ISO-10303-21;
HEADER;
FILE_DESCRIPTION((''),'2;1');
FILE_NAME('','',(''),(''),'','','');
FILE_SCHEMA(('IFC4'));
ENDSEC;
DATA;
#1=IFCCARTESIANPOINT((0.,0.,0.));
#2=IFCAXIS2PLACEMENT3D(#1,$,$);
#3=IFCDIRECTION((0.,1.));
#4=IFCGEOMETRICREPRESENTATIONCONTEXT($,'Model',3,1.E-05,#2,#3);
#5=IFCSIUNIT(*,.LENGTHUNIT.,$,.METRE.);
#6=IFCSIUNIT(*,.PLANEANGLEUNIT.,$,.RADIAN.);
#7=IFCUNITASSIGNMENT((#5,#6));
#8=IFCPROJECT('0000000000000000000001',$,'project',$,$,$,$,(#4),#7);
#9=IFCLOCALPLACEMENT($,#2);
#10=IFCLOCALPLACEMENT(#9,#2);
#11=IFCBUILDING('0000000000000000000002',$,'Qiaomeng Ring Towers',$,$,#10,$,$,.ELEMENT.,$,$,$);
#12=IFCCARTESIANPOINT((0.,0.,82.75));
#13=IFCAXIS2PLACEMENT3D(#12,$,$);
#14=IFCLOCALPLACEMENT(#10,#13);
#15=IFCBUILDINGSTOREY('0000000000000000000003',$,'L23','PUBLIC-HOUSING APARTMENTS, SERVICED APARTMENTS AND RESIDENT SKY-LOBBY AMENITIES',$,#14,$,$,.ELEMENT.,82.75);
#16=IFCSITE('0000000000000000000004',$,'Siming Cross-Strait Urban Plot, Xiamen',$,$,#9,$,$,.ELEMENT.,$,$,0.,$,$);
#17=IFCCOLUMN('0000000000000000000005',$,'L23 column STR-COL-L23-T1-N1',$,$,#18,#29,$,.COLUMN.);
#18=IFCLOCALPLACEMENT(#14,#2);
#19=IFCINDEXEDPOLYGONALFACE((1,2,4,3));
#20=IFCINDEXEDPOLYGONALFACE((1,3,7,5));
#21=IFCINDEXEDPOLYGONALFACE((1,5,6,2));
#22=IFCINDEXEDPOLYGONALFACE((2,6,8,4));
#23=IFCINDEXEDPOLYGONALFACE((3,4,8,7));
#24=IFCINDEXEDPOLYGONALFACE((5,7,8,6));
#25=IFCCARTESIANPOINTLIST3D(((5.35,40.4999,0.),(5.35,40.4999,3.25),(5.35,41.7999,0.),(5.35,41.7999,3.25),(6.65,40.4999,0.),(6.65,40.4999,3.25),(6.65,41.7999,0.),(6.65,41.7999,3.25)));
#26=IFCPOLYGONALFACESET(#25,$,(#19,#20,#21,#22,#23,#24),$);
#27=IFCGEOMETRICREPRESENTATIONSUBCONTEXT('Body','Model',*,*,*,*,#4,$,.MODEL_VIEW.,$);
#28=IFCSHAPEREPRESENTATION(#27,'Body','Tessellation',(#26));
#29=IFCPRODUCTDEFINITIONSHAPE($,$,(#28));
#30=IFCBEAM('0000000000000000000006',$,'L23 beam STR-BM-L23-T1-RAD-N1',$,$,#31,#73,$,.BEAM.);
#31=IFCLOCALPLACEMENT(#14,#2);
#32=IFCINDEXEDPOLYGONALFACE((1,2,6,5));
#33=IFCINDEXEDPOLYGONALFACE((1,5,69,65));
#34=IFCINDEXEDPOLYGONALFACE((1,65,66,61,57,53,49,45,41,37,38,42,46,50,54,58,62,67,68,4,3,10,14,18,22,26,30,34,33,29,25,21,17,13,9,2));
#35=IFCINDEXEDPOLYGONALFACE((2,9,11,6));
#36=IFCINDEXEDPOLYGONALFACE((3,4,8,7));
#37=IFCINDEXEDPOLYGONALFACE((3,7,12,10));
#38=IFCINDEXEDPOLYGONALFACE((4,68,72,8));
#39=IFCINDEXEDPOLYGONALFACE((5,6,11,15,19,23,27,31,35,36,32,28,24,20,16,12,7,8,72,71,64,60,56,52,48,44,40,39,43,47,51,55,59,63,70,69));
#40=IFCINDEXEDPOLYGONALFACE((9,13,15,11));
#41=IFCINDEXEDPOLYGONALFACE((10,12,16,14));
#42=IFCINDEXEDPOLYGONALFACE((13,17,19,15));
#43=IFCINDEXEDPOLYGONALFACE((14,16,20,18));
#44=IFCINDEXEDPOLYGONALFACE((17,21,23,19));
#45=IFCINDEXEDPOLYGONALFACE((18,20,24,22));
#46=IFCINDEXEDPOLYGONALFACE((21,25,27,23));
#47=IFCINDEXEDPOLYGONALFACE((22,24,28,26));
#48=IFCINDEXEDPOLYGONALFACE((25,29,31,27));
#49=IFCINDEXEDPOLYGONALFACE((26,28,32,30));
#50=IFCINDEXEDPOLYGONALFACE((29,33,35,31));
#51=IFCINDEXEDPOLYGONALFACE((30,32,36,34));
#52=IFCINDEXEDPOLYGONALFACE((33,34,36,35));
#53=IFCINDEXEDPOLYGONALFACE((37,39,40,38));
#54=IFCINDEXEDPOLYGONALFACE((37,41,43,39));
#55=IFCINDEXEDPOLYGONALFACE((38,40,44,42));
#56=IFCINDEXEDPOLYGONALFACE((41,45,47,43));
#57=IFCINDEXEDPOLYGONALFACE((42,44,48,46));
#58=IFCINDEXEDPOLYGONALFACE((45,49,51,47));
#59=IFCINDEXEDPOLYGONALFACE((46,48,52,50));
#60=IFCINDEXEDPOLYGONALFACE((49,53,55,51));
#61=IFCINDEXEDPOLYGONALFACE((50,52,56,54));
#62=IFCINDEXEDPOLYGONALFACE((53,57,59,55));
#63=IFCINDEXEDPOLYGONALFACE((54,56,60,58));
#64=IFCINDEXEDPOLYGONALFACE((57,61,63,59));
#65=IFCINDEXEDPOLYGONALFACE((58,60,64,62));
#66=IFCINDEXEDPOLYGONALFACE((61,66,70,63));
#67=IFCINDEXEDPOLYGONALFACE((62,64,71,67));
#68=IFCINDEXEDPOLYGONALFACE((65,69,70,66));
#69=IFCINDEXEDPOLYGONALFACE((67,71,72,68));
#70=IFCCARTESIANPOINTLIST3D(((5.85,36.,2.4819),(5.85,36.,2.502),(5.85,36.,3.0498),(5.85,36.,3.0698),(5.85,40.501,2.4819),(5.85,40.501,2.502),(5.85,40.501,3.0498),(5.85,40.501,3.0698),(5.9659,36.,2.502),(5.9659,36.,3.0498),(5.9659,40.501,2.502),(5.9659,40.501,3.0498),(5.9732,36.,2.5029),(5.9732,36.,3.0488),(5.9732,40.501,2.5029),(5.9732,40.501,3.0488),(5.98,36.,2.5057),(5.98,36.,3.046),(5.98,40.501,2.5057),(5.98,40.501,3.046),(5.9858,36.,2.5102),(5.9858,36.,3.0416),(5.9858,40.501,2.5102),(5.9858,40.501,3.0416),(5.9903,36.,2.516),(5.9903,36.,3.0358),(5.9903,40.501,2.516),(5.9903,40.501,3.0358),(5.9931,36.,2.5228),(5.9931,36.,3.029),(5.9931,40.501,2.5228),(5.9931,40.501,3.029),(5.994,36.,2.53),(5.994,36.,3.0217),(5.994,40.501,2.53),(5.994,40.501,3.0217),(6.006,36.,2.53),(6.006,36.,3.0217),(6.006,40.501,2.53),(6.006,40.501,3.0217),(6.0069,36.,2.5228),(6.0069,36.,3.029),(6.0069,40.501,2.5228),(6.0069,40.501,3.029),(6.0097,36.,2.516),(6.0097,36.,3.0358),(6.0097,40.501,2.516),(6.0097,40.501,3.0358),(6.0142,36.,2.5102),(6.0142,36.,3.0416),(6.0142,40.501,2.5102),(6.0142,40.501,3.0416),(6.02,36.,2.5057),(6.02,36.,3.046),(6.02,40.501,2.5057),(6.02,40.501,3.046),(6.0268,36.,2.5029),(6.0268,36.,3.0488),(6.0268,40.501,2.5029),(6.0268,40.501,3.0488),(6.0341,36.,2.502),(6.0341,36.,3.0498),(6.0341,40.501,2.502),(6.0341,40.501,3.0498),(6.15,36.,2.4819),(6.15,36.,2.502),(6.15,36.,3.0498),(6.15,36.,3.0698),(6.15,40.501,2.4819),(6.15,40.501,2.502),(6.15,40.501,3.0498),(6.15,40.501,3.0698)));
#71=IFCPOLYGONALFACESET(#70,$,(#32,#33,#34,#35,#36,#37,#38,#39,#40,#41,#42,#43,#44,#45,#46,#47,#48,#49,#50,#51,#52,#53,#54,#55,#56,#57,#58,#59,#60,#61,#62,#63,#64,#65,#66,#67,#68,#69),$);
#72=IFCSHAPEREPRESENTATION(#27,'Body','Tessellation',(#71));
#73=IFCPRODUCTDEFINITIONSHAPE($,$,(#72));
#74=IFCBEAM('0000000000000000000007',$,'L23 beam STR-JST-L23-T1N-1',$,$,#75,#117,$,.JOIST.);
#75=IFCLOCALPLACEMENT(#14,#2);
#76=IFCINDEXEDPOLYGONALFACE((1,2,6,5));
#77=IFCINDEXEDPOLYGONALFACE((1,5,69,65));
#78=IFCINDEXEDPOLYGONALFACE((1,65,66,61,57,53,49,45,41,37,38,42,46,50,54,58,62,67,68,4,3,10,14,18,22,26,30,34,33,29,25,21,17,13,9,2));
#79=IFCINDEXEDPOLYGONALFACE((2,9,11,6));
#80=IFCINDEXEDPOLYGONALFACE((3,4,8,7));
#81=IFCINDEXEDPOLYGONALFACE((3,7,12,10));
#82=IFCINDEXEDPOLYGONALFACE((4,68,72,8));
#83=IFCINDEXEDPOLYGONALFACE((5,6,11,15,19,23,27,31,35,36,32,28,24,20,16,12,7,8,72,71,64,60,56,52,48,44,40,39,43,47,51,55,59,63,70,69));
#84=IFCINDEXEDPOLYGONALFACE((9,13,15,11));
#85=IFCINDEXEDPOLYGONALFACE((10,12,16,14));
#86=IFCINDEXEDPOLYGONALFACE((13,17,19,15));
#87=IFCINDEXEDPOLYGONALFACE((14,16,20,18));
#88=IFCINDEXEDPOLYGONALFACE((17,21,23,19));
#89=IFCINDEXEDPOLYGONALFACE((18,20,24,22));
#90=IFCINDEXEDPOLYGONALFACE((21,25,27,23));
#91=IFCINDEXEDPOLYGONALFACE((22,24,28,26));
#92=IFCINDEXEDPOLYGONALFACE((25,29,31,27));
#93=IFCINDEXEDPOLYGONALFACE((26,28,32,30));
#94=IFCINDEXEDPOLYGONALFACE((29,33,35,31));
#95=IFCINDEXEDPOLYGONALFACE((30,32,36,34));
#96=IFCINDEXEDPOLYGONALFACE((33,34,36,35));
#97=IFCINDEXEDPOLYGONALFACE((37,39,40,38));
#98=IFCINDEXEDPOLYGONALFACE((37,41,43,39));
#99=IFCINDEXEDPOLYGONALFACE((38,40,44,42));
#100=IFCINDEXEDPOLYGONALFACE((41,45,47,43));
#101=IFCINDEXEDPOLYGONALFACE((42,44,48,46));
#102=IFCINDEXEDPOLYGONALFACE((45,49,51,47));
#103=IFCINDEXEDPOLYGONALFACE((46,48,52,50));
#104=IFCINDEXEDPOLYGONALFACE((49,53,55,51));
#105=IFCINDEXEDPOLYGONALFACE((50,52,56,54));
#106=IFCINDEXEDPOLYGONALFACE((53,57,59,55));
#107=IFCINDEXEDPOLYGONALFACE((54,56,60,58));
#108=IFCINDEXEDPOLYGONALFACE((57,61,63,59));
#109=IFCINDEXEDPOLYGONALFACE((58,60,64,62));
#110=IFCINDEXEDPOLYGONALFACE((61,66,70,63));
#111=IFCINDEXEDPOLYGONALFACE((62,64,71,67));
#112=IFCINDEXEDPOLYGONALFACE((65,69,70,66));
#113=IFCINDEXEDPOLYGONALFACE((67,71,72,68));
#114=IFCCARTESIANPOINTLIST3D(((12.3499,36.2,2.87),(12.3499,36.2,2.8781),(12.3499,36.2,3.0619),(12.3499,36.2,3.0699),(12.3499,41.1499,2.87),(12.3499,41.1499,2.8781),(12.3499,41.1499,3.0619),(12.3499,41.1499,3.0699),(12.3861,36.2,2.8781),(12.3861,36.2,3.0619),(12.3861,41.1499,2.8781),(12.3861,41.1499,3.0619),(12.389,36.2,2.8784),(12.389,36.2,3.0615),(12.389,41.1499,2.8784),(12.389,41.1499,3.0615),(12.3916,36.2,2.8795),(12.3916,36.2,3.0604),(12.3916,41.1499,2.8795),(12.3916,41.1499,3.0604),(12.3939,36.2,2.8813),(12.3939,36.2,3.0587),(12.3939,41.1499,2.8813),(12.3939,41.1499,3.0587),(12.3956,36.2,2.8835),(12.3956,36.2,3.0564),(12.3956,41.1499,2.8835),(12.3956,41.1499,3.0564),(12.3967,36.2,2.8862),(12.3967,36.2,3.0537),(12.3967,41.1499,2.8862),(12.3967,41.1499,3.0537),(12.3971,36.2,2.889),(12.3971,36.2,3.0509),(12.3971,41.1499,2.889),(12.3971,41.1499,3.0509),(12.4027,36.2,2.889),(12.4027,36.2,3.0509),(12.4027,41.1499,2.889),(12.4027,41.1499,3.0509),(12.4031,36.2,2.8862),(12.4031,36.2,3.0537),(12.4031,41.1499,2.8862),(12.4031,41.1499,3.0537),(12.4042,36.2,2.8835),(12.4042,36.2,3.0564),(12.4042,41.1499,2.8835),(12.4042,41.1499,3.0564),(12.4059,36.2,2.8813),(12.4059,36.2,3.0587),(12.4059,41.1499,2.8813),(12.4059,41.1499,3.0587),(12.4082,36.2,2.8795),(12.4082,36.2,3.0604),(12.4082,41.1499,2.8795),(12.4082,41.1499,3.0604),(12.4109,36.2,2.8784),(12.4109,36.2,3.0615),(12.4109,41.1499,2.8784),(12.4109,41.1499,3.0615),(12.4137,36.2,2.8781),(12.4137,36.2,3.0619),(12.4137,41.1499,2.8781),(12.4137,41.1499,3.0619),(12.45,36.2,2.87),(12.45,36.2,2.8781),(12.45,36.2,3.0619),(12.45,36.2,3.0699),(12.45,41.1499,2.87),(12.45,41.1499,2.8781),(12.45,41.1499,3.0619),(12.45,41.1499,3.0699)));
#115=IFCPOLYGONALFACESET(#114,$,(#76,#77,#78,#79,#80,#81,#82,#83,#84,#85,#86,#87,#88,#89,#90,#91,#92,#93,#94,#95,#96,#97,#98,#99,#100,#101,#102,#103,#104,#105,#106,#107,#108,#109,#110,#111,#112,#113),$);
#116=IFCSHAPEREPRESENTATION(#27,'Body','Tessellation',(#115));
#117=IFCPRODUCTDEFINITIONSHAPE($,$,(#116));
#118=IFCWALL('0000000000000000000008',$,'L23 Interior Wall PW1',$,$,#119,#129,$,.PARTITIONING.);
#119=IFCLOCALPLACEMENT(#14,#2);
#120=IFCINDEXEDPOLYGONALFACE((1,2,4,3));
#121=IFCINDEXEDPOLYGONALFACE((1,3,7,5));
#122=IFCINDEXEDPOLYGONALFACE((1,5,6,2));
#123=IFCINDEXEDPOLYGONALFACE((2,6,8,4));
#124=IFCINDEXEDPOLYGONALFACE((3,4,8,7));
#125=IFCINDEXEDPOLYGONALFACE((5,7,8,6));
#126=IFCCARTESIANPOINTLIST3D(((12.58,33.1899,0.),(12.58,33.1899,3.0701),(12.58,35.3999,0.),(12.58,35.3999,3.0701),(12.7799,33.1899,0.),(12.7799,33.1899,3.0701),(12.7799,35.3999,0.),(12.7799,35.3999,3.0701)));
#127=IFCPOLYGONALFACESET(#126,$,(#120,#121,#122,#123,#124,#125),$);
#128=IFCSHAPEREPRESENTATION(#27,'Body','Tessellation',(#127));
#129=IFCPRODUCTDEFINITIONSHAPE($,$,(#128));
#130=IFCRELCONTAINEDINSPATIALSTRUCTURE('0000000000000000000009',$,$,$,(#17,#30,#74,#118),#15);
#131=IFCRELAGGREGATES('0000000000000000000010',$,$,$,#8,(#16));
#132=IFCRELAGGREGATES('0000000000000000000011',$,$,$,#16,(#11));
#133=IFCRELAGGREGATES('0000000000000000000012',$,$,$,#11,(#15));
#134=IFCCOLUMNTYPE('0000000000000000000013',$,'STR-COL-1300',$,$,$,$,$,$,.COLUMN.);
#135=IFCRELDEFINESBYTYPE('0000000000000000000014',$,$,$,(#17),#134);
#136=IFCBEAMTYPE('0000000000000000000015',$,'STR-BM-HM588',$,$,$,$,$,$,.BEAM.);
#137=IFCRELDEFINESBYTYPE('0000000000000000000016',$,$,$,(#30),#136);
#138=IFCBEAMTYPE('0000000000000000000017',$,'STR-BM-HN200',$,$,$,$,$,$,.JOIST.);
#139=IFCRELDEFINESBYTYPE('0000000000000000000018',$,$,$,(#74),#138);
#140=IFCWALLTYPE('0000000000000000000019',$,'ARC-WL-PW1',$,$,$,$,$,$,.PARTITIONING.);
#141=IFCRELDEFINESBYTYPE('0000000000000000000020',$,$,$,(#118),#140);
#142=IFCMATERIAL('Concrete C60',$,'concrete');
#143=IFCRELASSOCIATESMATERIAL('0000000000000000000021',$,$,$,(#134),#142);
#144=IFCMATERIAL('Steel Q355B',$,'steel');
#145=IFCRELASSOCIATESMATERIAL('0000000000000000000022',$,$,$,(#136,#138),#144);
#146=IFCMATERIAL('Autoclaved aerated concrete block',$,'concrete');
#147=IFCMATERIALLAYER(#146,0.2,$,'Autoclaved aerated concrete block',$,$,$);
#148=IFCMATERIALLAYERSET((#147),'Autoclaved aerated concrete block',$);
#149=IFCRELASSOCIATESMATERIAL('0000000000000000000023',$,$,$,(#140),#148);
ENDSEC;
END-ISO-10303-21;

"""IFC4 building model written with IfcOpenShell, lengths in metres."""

from ifc_helpers import new_model, si_unit, direction, frame, frame_2d, origin, origin_2d, place, context, subcontext, project, spatial, rectangle, i_section, extrude, source, transform, mapped, material, layer, layer_set, material_profile, profile_set, type_object, element, save


model = new_model("IFC4")

# Units and contexts
model_context = context("Model", 3, precision=1e-05, world=origin(), true_north=direction((0.0, 1.0)))
body_context = subcontext(model_context, "Body", "Model", "MODEL_VIEW")
ifc_project = project(units=[si_unit("LENGTHUNIT", "METRE"), si_unit("PLANEANGLEUNIT", "RADIAN")], contexts=[model_context])

# Site, building, storey
site_placement = place(None, origin())
site = spatial("IfcSite", under=ifc_project, at=site_placement, Name="Siming Cross-Strait Urban Plot, Xiamen", CompositionType="ELEMENT", RefElevation=0.0)
building_placement = place(site_placement, origin())
building = spatial("IfcBuilding", under=site, at=building_placement, Name="Qiaomeng Ring Towers", CompositionType="ELEMENT")
storey_placement = place(building_placement, frame((0.0, 0.0, 82.75)))
storey = spatial("IfcBuildingStorey", under=building, at=storey_placement, Name="L23", Description="PUBLIC-HOUSING APARTMENTS, SERVICED APARTMENTS AND RESIDENT SKY-LOBBY AMENITIES", CompositionType="ELEMENT", Elevation=82.75)

# Column
ifc_material_1 = material(Name="Concrete C60", Category="concrete")
ifc_material_profile_1 = material_profile(ifc_material_1, rectangle(XDim=1.3, YDim=1.3, at=origin_2d()), Name="RC COL 1300x1300")
ifc_profile_set_1 = profile_set([ifc_material_profile_1], Name="Concrete C60")
column_type = type_object("IfcColumnType", Name="STR-COL-1300", PredefinedType="COLUMN", material=ifc_profile_set_1)
shared_shape_1 = source(origin(), body_context, "Body", "SweptSolid", [
    extrude(rectangle(XDim=1.3, YDim=1.3, at=origin_2d()), origin(), (0.0, 0.0, 1.0), 3.25),
])
column_placement = place(storey_placement, frame((6.0, 41.1499, 0.0), z_axis=(0.0, 0.0, 1.0), x_axis=(1.0, 0.0, 0.0)))
element("IfcColumn", 1, at=column_placement, inside=storey, type_object=column_type, Name="L23 column STR-COL-L23-T1-N1", PredefinedType="COLUMN", context=body_context, shape_type="MappedRepresentation", body=[
    mapped(shared_shape_1, transform((0.0, 0.0, 0.0), x_axis=(1.0, 0.0, 0.0), y_axis=(0.0, 1.0, 0.0), z_axis=(0.0, 0.0, 1.0), scale=1.0)),
])

# Beams
ifc_material_2 = material(Name="Steel Q355B", Category="steel")
ifc_material_profile_2 = material_profile(ifc_material_2, i_section(OverallWidth=0.3, OverallDepth=0.5879, WebThickness=0.012, FlangeThickness=0.02, FilletRadius=0.0281, at=origin_2d()), Name="HM 588x300x12x20")
ifc_profile_set_2 = profile_set([ifc_material_profile_2], Name="Steel Q355B")
beam_type_1 = type_object("IfcBeamType", Name="STR-BM-HM588", PredefinedType="BEAM", material=ifc_profile_set_2)
shared_shape_2 = source(origin(), body_context, "Body", "SweptSolid", [
    extrude(i_section(OverallWidth=0.3, OverallDepth=0.5879, WebThickness=0.012, FlangeThickness=0.02, FilletRadius=0.0281, at=origin_2d()), origin(), (0.0, 0.0, 1.0), 4.501),
])
beam_1_placement = place(storey_placement, frame((6.0, 40.501, 2.7759), z_axis=(0.0, -1.0, 0.0), x_axis=(1.0, 0.0, 0.0)))
element("IfcBeam", 2, at=beam_1_placement, inside=storey, type_object=beam_type_1, Name="L23 beam STR-BM-L23-T1-RAD-N1", PredefinedType="BEAM", context=body_context, shape_type="MappedRepresentation", body=[
    mapped(shared_shape_2, transform((0.0, 0.0, 0.0), x_axis=(1.0, 0.0, 0.0), y_axis=(0.0, 1.0, 0.0), z_axis=(0.0, 0.0, 1.0), scale=1.0)),
])
ifc_material_profile_3 = material_profile(ifc_material_2, i_section(OverallWidth=0.1001, OverallDepth=0.2, WebThickness=0.0056, FlangeThickness=0.0081, FilletRadius=0.011, at=origin_2d()), Name="HN 200x100x5.5x8")
ifc_profile_set_3 = profile_set([ifc_material_profile_3], Name="Steel Q355B")
beam_type_2 = type_object("IfcBeamType", Name="STR-BM-HN200", PredefinedType="JOIST", material=ifc_profile_set_3)
shared_shape_3 = source(origin(), body_context, "Body", "SweptSolid", [
    extrude(i_section(OverallWidth=0.1001, OverallDepth=0.2, WebThickness=0.0056, FlangeThickness=0.0081, FilletRadius=0.011, at=origin_2d()), origin(), (0.0, 0.0, 1.0), 4.95),
])
beam_2_placement = place(storey_placement, frame((12.3999, 36.2, 2.97), z_axis=(0.0, 1.0, 0.0), x_axis=(-1.0, 0.0, 0.0)))
element("IfcBeam", 3, at=beam_2_placement, inside=storey, type_object=beam_type_2, Name="L23 beam STR-JST-L23-T1N-1", PredefinedType="JOIST", context=body_context, shape_type="MappedRepresentation", body=[
    mapped(shared_shape_3, transform((0.0, 0.0, 0.0), x_axis=(1.0, 0.0, 0.0), y_axis=(0.0, 1.0, 0.0), z_axis=(0.0, 0.0, 1.0), scale=1.0)),
])

# Wall
ifc_material_3 = material(Name="Autoclaved aerated concrete block", Category="concrete")
ifc_layer_1 = layer(ifc_material_3, 0.2, Name="Autoclaved aerated concrete block")
ifc_layer_set_1 = layer_set([ifc_layer_1], Name="Autoclaved aerated concrete block")
wall_type_1 = type_object("IfcWallType", Name="ARC-WL-PW1", PredefinedType="PARTITIONING", material=ifc_layer_set_1)
wall_1_placement = place(storey_placement, frame((12.6799, 33.1899, 0.0), z_axis=(0.0, 0.0, 1.0), x_axis=(0.0, 1.0, 0.0)))
element("IfcWall", 4, at=wall_1_placement, inside=storey, type_object=wall_type_1, Name="L23 Interior Wall PW1", PredefinedType="PARTITIONING", context=body_context, shape_type="SweptSolid", body=[
    extrude(rectangle(XDim=2.21, YDim=0.2, at=frame_2d((1.105, 0.0))), origin(), (0.0, 0.0, 1.0), 3.0701),
])

save(model, "model.ifc")
